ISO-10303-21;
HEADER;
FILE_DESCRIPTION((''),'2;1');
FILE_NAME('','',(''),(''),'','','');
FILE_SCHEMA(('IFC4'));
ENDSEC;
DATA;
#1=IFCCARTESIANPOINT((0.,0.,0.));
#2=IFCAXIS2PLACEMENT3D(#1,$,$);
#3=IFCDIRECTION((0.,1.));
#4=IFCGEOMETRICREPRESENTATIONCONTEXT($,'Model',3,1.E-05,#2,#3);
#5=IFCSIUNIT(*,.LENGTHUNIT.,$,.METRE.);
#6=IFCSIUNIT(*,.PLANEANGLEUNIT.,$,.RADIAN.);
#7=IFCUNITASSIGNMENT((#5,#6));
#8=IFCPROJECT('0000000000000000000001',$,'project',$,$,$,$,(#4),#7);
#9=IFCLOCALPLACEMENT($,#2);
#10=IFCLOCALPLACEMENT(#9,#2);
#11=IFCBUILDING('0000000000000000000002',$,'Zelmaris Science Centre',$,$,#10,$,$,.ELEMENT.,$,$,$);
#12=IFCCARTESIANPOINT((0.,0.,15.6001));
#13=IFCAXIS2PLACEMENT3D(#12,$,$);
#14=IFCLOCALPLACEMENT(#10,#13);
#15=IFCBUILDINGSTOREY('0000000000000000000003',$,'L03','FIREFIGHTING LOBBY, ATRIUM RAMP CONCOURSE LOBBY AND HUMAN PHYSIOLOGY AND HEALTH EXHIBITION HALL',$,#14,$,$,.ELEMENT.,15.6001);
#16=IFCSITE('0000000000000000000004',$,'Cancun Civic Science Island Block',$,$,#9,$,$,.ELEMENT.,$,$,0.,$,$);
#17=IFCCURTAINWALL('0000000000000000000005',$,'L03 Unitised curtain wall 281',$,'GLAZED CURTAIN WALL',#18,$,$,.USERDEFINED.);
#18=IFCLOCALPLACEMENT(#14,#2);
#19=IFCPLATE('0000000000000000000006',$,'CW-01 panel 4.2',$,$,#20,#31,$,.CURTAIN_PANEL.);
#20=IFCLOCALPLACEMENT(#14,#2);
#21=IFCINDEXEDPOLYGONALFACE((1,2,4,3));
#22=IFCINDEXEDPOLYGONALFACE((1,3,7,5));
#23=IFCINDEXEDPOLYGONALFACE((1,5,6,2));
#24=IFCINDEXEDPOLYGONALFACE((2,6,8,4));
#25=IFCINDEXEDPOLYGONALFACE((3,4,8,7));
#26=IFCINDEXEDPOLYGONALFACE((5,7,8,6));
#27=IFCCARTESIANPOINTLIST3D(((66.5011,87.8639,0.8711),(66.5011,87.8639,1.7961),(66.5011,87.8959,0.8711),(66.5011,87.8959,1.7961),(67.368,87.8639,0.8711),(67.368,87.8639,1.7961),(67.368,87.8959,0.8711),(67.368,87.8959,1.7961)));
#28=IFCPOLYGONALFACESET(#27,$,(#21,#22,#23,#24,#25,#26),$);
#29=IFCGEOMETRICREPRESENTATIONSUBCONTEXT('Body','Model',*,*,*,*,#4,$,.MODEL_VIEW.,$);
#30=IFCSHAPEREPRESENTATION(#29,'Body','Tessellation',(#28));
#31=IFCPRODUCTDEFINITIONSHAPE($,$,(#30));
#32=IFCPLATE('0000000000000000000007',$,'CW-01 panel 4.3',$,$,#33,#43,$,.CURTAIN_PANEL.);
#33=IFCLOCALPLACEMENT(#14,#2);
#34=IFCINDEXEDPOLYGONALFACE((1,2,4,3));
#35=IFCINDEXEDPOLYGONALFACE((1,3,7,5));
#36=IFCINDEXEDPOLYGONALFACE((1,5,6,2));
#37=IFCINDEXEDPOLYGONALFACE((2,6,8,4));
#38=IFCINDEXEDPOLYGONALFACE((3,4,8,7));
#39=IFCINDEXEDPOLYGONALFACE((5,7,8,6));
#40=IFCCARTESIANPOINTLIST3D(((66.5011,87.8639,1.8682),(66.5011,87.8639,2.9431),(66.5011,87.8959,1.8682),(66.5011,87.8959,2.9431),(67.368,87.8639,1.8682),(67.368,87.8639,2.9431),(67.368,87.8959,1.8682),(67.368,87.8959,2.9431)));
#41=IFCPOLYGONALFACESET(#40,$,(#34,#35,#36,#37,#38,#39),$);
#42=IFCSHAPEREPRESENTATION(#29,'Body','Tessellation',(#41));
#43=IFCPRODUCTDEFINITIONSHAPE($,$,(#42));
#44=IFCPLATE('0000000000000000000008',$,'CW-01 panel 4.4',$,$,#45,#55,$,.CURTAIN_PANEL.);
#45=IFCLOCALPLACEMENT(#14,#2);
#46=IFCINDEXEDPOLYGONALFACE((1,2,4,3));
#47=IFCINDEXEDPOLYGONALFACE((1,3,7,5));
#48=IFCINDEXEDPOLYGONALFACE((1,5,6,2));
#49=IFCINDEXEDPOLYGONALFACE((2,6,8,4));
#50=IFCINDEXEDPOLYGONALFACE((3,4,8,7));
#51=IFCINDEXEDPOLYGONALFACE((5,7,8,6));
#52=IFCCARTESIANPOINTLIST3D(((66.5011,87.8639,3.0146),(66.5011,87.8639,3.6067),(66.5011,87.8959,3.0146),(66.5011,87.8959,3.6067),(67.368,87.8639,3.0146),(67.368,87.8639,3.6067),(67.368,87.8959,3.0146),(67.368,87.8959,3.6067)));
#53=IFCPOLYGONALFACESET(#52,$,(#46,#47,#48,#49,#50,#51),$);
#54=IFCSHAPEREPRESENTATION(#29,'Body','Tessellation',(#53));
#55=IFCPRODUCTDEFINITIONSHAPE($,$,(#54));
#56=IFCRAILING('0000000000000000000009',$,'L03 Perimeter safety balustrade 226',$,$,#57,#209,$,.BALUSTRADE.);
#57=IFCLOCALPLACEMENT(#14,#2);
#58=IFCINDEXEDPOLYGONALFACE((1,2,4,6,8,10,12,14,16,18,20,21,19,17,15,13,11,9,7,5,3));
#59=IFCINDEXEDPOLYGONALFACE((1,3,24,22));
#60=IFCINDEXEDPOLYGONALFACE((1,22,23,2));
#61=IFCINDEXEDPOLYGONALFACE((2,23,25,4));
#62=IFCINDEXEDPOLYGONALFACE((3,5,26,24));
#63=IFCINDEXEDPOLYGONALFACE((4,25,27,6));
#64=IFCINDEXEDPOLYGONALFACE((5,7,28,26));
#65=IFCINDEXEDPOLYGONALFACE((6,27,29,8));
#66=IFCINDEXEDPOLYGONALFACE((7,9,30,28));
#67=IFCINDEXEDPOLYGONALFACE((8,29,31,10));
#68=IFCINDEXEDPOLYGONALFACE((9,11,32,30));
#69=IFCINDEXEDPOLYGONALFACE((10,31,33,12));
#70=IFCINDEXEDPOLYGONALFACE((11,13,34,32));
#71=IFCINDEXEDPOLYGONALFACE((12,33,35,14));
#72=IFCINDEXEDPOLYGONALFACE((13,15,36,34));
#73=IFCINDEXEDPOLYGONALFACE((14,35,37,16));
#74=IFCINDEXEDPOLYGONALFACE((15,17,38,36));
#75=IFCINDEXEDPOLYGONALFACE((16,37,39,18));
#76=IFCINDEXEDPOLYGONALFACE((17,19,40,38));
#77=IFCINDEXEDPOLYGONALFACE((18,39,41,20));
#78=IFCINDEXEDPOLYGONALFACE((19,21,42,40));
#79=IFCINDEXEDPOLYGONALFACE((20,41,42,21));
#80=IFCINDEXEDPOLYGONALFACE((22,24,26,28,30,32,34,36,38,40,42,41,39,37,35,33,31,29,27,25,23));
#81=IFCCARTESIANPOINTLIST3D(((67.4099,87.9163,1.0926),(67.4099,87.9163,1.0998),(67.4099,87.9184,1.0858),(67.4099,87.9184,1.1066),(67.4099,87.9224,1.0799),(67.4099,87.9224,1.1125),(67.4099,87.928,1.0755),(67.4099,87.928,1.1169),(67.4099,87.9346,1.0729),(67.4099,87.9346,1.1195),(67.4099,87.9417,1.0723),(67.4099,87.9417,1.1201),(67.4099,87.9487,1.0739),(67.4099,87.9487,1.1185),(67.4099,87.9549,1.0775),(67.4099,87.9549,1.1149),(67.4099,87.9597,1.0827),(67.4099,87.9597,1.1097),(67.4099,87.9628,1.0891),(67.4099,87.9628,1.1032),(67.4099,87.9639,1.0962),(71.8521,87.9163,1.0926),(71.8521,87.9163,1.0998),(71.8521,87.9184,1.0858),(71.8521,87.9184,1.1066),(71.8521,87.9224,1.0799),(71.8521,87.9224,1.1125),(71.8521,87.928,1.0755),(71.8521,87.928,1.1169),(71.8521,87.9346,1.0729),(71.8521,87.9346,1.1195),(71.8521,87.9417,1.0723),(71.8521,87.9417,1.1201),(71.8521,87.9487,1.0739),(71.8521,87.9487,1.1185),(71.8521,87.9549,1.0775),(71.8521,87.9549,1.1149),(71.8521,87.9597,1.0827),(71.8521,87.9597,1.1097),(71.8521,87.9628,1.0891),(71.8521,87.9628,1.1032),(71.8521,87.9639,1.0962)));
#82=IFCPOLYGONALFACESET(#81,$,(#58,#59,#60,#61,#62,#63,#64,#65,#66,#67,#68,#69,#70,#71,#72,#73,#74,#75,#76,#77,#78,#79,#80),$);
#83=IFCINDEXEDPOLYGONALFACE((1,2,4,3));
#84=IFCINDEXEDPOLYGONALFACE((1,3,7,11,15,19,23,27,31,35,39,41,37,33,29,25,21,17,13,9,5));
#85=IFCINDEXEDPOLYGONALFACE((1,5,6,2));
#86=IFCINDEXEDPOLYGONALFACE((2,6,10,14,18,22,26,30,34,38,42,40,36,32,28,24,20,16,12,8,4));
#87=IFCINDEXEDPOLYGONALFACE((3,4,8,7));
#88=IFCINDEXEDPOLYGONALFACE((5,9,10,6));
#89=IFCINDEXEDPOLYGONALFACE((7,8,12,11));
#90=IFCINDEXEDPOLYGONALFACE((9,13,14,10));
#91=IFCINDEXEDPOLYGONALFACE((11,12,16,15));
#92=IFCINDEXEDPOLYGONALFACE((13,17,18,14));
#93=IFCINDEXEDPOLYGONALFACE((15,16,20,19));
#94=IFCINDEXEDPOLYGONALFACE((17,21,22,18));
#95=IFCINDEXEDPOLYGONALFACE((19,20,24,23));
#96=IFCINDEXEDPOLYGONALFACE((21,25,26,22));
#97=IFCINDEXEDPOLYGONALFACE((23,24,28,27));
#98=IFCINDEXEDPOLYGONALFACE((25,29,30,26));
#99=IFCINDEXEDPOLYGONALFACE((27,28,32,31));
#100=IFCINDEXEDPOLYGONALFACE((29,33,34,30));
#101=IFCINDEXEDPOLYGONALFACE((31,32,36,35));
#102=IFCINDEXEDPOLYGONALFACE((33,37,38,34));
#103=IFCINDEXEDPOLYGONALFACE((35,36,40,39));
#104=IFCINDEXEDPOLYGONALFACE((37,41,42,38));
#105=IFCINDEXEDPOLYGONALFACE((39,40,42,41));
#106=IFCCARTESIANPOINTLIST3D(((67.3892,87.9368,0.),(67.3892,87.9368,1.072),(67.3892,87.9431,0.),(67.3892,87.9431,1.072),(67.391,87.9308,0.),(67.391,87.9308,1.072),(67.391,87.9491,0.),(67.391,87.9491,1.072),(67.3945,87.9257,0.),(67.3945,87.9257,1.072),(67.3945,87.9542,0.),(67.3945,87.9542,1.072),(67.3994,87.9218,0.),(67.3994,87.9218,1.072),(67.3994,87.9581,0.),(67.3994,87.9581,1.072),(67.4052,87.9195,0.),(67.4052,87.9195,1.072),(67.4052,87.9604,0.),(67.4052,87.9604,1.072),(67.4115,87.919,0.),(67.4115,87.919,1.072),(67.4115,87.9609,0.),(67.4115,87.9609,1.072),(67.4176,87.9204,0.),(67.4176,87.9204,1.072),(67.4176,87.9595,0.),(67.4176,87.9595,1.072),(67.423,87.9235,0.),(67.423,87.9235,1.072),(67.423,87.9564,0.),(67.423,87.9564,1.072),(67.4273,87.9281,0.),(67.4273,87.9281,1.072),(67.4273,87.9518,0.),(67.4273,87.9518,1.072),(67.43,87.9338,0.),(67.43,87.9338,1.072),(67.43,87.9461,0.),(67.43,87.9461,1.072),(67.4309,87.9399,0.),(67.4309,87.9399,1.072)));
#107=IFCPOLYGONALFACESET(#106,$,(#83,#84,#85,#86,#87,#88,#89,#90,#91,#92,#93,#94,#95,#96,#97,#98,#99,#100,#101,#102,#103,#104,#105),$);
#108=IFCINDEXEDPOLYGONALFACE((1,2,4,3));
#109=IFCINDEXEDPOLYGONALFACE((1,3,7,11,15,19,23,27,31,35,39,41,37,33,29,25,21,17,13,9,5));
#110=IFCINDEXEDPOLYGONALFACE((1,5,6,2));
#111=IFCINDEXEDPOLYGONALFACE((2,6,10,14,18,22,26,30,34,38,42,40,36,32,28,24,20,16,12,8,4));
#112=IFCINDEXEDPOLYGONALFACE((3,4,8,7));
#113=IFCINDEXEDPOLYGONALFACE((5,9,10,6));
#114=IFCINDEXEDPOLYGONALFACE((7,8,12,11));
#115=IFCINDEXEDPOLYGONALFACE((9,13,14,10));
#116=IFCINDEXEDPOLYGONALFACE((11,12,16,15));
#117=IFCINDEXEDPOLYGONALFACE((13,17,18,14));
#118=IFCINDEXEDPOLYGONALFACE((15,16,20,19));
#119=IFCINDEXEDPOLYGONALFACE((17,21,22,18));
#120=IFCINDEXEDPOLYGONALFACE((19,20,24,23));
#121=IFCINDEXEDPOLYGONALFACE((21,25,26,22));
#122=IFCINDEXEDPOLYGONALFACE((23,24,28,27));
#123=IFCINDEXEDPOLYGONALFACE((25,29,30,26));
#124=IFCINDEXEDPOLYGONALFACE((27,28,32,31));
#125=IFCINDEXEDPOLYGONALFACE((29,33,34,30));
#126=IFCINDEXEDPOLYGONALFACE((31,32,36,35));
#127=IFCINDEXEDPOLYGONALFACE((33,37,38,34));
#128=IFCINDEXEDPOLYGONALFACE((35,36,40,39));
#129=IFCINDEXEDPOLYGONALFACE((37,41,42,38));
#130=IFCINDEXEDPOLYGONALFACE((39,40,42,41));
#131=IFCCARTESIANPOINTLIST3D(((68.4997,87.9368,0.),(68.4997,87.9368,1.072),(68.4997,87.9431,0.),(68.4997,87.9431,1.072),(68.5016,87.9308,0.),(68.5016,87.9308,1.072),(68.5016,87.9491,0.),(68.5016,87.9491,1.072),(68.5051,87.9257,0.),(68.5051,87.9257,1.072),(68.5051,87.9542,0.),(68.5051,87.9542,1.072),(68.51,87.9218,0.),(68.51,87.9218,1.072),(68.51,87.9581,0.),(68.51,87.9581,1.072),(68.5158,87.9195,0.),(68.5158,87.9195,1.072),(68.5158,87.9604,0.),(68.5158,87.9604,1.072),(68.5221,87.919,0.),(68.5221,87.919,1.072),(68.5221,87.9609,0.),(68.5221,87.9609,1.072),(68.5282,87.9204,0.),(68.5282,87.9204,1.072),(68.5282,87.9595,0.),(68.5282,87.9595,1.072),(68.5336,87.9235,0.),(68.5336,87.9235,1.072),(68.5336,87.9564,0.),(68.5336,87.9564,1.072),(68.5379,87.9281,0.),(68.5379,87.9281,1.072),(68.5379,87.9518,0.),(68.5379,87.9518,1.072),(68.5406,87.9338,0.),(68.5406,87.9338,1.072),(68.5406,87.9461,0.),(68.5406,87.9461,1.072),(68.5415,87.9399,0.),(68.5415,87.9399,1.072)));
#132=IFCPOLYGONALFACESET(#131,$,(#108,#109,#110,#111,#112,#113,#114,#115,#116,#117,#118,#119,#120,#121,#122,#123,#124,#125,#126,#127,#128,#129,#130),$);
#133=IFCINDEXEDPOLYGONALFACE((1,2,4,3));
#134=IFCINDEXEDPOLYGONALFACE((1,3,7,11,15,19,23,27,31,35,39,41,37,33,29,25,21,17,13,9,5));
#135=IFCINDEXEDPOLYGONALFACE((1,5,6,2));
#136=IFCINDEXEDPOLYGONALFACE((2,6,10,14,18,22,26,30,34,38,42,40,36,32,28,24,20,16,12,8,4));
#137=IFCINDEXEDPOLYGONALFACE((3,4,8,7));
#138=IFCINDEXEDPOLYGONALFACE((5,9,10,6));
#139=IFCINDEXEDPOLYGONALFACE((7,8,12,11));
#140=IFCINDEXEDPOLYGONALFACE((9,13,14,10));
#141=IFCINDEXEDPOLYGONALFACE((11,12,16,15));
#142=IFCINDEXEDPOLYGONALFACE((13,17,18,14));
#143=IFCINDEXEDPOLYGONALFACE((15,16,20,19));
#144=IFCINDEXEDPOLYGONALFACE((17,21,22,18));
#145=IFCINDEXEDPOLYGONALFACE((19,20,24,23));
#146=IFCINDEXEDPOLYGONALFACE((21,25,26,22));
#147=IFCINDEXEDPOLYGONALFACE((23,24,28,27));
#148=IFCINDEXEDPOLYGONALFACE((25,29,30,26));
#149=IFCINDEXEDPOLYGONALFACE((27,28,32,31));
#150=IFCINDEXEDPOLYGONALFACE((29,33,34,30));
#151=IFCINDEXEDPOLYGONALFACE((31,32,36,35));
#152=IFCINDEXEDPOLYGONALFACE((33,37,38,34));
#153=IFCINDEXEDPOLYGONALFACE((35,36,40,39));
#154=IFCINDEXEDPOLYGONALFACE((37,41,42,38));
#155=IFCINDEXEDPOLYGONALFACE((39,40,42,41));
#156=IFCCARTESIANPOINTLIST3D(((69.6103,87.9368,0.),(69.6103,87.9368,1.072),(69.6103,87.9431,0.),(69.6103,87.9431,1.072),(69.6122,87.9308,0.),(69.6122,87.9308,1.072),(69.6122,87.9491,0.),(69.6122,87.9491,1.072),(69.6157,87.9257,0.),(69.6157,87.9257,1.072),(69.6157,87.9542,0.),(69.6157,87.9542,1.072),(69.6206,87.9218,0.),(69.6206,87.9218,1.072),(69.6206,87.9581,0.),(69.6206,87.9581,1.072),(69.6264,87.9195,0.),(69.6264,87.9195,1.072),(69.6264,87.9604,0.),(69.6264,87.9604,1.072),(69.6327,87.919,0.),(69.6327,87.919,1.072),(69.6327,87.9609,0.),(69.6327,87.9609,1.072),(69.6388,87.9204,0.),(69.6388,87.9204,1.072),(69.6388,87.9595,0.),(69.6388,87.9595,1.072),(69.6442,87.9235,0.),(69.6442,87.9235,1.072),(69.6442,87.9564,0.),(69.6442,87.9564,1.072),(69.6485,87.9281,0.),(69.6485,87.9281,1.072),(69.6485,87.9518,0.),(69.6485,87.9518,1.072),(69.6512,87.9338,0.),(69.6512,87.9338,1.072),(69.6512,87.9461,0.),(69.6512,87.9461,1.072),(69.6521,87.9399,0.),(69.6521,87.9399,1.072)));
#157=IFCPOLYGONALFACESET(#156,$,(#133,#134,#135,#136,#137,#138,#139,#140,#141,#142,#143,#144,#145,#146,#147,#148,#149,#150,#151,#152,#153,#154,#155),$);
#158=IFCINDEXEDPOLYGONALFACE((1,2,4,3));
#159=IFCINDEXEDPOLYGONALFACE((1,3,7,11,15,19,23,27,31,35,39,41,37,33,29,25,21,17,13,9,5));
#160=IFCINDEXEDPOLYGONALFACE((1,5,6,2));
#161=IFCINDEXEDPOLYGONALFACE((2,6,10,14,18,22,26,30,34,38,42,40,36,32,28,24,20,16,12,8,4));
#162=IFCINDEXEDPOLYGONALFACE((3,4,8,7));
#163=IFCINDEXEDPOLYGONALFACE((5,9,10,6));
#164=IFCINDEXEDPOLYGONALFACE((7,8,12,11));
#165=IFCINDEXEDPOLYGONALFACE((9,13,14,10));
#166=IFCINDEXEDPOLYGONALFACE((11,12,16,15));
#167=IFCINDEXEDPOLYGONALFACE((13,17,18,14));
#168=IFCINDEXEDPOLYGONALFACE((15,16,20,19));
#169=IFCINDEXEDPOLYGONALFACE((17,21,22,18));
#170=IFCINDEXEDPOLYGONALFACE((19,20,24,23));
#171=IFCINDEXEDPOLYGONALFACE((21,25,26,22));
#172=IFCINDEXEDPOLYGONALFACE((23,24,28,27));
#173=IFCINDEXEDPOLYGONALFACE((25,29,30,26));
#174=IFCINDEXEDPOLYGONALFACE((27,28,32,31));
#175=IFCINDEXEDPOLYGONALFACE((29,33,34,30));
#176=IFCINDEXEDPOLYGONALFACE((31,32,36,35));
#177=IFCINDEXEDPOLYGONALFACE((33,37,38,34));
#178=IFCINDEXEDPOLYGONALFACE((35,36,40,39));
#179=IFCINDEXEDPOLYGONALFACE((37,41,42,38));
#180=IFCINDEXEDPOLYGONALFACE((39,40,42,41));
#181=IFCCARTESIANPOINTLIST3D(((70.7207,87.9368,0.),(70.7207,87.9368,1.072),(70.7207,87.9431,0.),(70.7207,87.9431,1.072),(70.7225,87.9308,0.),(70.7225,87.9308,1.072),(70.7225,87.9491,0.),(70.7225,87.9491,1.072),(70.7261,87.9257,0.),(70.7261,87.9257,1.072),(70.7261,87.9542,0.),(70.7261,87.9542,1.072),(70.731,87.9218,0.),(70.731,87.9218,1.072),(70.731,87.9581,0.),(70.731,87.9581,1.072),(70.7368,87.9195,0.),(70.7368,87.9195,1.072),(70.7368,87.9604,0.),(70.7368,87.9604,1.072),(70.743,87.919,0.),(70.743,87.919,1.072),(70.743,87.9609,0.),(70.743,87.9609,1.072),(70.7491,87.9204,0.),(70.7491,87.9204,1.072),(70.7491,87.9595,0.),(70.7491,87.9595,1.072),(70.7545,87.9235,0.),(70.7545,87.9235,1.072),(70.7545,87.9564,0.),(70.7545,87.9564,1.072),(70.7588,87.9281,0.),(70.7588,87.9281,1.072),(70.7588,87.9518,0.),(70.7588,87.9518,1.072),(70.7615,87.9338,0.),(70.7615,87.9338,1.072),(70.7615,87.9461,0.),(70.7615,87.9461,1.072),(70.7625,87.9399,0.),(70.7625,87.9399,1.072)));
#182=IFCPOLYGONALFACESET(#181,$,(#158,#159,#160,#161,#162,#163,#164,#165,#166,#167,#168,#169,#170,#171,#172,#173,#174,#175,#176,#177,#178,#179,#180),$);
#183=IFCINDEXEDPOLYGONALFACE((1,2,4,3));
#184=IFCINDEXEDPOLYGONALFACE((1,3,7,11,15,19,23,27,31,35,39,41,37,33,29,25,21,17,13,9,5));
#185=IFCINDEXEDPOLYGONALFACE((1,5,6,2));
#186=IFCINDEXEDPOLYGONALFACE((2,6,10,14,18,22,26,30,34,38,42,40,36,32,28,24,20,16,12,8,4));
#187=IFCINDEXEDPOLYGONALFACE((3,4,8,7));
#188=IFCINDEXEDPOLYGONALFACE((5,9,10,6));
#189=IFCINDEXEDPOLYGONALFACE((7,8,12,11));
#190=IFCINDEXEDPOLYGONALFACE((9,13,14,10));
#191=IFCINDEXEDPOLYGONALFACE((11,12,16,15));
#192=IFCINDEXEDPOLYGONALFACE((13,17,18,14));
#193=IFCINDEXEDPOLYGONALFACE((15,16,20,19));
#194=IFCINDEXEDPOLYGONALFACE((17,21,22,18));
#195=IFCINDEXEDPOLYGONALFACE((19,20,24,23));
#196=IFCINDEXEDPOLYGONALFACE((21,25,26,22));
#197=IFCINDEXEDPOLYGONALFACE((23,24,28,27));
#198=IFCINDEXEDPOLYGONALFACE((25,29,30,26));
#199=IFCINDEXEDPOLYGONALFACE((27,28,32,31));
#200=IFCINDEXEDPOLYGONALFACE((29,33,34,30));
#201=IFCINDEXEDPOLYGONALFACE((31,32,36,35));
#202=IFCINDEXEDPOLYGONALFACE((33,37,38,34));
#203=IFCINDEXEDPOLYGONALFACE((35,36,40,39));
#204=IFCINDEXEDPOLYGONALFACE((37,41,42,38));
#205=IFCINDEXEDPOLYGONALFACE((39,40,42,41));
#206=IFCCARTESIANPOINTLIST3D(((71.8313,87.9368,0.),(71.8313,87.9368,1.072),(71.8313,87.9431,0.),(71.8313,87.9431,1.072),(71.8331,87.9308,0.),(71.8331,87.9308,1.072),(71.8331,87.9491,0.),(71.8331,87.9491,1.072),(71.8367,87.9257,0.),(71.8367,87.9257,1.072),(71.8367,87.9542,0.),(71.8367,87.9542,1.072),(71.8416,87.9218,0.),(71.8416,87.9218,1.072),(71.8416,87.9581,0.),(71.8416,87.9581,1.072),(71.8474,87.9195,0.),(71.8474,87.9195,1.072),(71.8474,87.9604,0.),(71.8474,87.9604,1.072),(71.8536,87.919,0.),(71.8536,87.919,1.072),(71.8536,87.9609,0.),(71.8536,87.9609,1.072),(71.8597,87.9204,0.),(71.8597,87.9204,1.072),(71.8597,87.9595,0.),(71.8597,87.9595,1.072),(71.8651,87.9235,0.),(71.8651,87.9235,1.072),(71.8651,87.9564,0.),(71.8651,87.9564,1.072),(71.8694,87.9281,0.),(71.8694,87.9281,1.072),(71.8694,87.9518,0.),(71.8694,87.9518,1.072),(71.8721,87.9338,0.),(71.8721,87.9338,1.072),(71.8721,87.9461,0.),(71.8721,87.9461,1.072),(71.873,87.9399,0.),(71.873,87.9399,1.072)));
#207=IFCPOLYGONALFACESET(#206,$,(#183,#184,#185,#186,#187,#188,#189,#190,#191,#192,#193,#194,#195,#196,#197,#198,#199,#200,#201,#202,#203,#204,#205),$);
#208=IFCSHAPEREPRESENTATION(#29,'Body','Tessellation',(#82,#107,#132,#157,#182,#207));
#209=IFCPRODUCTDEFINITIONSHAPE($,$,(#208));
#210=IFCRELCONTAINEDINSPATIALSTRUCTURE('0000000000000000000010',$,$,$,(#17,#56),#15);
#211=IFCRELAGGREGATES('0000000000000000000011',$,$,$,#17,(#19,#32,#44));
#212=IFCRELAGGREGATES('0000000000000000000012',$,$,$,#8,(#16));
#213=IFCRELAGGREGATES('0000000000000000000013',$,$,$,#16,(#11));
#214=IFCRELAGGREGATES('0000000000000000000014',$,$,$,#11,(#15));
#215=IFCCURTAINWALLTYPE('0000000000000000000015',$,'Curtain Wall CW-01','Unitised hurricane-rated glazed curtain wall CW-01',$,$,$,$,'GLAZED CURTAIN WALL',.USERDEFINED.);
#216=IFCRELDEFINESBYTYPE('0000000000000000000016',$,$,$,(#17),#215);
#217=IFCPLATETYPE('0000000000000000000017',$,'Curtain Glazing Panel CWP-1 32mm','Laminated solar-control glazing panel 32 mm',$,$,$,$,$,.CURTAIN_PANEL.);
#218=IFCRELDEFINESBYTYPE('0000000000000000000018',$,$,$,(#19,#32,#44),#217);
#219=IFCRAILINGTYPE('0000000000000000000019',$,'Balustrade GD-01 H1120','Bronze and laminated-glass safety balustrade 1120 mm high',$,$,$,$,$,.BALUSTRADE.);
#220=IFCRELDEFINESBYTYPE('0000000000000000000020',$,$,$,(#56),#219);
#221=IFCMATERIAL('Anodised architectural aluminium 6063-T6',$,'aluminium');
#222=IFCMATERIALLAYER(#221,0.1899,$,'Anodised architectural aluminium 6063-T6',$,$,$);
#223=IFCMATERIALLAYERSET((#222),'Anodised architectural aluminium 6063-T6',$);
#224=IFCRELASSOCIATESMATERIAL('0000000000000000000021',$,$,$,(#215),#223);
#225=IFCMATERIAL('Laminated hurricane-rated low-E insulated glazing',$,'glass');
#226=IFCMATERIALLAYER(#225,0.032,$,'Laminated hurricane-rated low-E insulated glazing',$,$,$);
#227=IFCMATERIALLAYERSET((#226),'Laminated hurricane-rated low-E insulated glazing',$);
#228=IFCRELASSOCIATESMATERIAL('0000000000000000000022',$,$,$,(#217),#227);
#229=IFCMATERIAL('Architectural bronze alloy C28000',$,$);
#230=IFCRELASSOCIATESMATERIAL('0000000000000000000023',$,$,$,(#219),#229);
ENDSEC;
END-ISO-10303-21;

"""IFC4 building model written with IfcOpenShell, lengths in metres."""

from ifc_helpers import new_model, si_unit, direction, frame, origin, origin_2d, place, context, subcontext, project, spatial, rectangle, circle, extrude, material, layer, layer_set, type_object, element, aggregate, save


model = new_model("IFC4")

# Units and contexts
model_context = context("Model", 3, precision=1e-05, world=origin(), true_north=direction((0.0, 1.0)))
body_context = subcontext(model_context, "Body", "Model", "MODEL_VIEW")
ifc_project = project(units=[si_unit("LENGTHUNIT", "METRE"), si_unit("PLANEANGLEUNIT", "RADIAN")], contexts=[model_context])

# Site, building, storey
site_placement = place(None, origin())
site = spatial("IfcSite", under=ifc_project, at=site_placement, Name="Cancun Civic Science Island Block", CompositionType="ELEMENT", RefElevation=0.0)
building_placement = place(site_placement, origin())
building = spatial("IfcBuilding", under=site, at=building_placement, Name="Zelmaris Science Centre", CompositionType="ELEMENT")
storey_placement = place(building_placement, frame((0.0, 0.0, 15.6001)))
storey = spatial("IfcBuildingStorey", under=building, at=storey_placement, Name="L03", Description="FIREFIGHTING LOBBY, ATRIUM RAMP CONCOURSE LOBBY AND HUMAN PHYSIOLOGY AND HEALTH EXHIBITION HALL", CompositionType="ELEMENT", Elevation=15.6001)

# Curtain wall, plates
ifc_material_1 = material(Name="Anodised architectural aluminium 6063-T6", Category="aluminium")
ifc_layer_1 = layer(ifc_material_1, 0.1899, Name="Anodised architectural aluminium 6063-T6")
ifc_layer_set_1 = layer_set([ifc_layer_1], Name="Anodised architectural aluminium 6063-T6")
curtain_wall_type = type_object("IfcCurtainWallType", Name="Curtain Wall CW-01", Description="Unitised hurricane-rated glazed curtain wall CW-01", ElementType="GLAZED CURTAIN WALL", PredefinedType="USERDEFINED", material=ifc_layer_set_1)
curtain_wall_placement = place(storey_placement, origin())
curtain_wall = element("IfcCurtainWall", 1, at=curtain_wall_placement, inside=storey, type_object=curtain_wall_type, Name="L03 Unitised curtain wall 281", ObjectType="GLAZED CURTAIN WALL", PredefinedType="USERDEFINED")
ifc_material_2 = material(Name="Laminated hurricane-rated low-E insulated glazing", Category="glass")
ifc_layer_2 = layer(ifc_material_2, 0.032, Name="Laminated hurricane-rated low-E insulated glazing")
ifc_layer_set_2 = layer_set([ifc_layer_2], Name="Laminated hurricane-rated low-E insulated glazing")
plate_type = type_object("IfcPlateType", Name="Curtain Glazing Panel CWP-1 32mm", Description="Laminated solar-control glazing panel 32 mm", PredefinedType="CURTAIN_PANEL", material=ifc_layer_set_2)
plate_1_placement = place(storey_placement, frame((66.9346, 87.8799, 0.8711), z_axis=(0.0, 0.0, 1.0), x_axis=(1.0, 0.0, 0.0)))
plate_1 = element("IfcPlate", 2, at=plate_1_placement, type_object=plate_type, Name="CW-01 panel 4.2", PredefinedType="CURTAIN_PANEL", context=body_context, shape_type="SweptSolid", body=[
    extrude(rectangle(XDim=0.8669, YDim=0.032, at=origin_2d()), origin(), (0.0, 0.0, 1.0), 0.925),
])
plate_2_placement = place(storey_placement, frame((66.9346, 87.8799, 1.8682), z_axis=(0.0, 0.0, 1.0), x_axis=(1.0, 0.0, 0.0)))
plate_2 = element("IfcPlate", 3, at=plate_2_placement, type_object=plate_type, Name="CW-01 panel 4.3", PredefinedType="CURTAIN_PANEL", context=body_context, shape_type="SweptSolid", body=[
    extrude(rectangle(XDim=0.8669, YDim=0.032, at=origin_2d()), origin(), (0.0, 0.0, 1.0), 1.075),
])
plate_3_placement = place(storey_placement, frame((66.9346, 87.8799, 3.0146), z_axis=(0.0, 0.0, 1.0), x_axis=(1.0, 0.0, 0.0)))
plate_3 = element("IfcPlate", 4, at=plate_3_placement, type_object=plate_type, Name="CW-01 panel 4.4", PredefinedType="CURTAIN_PANEL", context=body_context, shape_type="SweptSolid", body=[
    extrude(rectangle(XDim=0.8669, YDim=0.032, at=origin_2d()), origin(), (0.0, 0.0, 1.0), 0.592),
])
aggregate(curtain_wall, [plate_1, plate_2, plate_3])

# Railing
ifc_material_3 = material(Name="Architectural bronze alloy C28000")
railing_type = type_object("IfcRailingType", Name="Balustrade GD-01 H1120", Description="Bronze and laminated-glass safety balustrade 1120 mm high", PredefinedType="BALUSTRADE", material=ifc_material_3)
railing_placement = place(storey_placement, frame((67.4099, 87.9399, 0.0)))
element("IfcRailing", 5, at=railing_placement, inside=storey, type_object=railing_type, Name="L03 Perimeter safety balustrade 226", PredefinedType="BALUSTRADE", context=body_context, shape_type="SweptSolid", body=[
    extrude(circle(Radius=0.0239, at=origin_2d()), frame((0.0, 0.0, 1.0962), z_axis=(1.0, 0.0, 0.0), x_axis=(0.0, 1.0, 0.0)), (0.0, 0.0, 1.0), 4.4421),
    extrude(circle(Radius=0.021, at=origin_2d()), origin(), (0.0, 0.0, 1.0), 1.072),
    extrude(circle(Radius=0.021, at=origin_2d()), frame((1.1106, 0.0, 0.0)), (0.0, 0.0, 1.0), 1.072),
    extrude(circle(Radius=0.021, at=origin_2d()), frame((2.2212, 0.0, 0.0)), (0.0, 0.0, 1.0), 1.072),
    extrude(circle(Radius=0.021, at=origin_2d()), frame((3.3315, 0.0, 0.0)), (0.0, 0.0, 1.0), 1.072),
    extrude(circle(Radius=0.021, at=origin_2d()), frame((4.4421, 0.0, 0.0)), (0.0, 0.0, 1.0), 1.072),
])

save(model, "model.ifc")
